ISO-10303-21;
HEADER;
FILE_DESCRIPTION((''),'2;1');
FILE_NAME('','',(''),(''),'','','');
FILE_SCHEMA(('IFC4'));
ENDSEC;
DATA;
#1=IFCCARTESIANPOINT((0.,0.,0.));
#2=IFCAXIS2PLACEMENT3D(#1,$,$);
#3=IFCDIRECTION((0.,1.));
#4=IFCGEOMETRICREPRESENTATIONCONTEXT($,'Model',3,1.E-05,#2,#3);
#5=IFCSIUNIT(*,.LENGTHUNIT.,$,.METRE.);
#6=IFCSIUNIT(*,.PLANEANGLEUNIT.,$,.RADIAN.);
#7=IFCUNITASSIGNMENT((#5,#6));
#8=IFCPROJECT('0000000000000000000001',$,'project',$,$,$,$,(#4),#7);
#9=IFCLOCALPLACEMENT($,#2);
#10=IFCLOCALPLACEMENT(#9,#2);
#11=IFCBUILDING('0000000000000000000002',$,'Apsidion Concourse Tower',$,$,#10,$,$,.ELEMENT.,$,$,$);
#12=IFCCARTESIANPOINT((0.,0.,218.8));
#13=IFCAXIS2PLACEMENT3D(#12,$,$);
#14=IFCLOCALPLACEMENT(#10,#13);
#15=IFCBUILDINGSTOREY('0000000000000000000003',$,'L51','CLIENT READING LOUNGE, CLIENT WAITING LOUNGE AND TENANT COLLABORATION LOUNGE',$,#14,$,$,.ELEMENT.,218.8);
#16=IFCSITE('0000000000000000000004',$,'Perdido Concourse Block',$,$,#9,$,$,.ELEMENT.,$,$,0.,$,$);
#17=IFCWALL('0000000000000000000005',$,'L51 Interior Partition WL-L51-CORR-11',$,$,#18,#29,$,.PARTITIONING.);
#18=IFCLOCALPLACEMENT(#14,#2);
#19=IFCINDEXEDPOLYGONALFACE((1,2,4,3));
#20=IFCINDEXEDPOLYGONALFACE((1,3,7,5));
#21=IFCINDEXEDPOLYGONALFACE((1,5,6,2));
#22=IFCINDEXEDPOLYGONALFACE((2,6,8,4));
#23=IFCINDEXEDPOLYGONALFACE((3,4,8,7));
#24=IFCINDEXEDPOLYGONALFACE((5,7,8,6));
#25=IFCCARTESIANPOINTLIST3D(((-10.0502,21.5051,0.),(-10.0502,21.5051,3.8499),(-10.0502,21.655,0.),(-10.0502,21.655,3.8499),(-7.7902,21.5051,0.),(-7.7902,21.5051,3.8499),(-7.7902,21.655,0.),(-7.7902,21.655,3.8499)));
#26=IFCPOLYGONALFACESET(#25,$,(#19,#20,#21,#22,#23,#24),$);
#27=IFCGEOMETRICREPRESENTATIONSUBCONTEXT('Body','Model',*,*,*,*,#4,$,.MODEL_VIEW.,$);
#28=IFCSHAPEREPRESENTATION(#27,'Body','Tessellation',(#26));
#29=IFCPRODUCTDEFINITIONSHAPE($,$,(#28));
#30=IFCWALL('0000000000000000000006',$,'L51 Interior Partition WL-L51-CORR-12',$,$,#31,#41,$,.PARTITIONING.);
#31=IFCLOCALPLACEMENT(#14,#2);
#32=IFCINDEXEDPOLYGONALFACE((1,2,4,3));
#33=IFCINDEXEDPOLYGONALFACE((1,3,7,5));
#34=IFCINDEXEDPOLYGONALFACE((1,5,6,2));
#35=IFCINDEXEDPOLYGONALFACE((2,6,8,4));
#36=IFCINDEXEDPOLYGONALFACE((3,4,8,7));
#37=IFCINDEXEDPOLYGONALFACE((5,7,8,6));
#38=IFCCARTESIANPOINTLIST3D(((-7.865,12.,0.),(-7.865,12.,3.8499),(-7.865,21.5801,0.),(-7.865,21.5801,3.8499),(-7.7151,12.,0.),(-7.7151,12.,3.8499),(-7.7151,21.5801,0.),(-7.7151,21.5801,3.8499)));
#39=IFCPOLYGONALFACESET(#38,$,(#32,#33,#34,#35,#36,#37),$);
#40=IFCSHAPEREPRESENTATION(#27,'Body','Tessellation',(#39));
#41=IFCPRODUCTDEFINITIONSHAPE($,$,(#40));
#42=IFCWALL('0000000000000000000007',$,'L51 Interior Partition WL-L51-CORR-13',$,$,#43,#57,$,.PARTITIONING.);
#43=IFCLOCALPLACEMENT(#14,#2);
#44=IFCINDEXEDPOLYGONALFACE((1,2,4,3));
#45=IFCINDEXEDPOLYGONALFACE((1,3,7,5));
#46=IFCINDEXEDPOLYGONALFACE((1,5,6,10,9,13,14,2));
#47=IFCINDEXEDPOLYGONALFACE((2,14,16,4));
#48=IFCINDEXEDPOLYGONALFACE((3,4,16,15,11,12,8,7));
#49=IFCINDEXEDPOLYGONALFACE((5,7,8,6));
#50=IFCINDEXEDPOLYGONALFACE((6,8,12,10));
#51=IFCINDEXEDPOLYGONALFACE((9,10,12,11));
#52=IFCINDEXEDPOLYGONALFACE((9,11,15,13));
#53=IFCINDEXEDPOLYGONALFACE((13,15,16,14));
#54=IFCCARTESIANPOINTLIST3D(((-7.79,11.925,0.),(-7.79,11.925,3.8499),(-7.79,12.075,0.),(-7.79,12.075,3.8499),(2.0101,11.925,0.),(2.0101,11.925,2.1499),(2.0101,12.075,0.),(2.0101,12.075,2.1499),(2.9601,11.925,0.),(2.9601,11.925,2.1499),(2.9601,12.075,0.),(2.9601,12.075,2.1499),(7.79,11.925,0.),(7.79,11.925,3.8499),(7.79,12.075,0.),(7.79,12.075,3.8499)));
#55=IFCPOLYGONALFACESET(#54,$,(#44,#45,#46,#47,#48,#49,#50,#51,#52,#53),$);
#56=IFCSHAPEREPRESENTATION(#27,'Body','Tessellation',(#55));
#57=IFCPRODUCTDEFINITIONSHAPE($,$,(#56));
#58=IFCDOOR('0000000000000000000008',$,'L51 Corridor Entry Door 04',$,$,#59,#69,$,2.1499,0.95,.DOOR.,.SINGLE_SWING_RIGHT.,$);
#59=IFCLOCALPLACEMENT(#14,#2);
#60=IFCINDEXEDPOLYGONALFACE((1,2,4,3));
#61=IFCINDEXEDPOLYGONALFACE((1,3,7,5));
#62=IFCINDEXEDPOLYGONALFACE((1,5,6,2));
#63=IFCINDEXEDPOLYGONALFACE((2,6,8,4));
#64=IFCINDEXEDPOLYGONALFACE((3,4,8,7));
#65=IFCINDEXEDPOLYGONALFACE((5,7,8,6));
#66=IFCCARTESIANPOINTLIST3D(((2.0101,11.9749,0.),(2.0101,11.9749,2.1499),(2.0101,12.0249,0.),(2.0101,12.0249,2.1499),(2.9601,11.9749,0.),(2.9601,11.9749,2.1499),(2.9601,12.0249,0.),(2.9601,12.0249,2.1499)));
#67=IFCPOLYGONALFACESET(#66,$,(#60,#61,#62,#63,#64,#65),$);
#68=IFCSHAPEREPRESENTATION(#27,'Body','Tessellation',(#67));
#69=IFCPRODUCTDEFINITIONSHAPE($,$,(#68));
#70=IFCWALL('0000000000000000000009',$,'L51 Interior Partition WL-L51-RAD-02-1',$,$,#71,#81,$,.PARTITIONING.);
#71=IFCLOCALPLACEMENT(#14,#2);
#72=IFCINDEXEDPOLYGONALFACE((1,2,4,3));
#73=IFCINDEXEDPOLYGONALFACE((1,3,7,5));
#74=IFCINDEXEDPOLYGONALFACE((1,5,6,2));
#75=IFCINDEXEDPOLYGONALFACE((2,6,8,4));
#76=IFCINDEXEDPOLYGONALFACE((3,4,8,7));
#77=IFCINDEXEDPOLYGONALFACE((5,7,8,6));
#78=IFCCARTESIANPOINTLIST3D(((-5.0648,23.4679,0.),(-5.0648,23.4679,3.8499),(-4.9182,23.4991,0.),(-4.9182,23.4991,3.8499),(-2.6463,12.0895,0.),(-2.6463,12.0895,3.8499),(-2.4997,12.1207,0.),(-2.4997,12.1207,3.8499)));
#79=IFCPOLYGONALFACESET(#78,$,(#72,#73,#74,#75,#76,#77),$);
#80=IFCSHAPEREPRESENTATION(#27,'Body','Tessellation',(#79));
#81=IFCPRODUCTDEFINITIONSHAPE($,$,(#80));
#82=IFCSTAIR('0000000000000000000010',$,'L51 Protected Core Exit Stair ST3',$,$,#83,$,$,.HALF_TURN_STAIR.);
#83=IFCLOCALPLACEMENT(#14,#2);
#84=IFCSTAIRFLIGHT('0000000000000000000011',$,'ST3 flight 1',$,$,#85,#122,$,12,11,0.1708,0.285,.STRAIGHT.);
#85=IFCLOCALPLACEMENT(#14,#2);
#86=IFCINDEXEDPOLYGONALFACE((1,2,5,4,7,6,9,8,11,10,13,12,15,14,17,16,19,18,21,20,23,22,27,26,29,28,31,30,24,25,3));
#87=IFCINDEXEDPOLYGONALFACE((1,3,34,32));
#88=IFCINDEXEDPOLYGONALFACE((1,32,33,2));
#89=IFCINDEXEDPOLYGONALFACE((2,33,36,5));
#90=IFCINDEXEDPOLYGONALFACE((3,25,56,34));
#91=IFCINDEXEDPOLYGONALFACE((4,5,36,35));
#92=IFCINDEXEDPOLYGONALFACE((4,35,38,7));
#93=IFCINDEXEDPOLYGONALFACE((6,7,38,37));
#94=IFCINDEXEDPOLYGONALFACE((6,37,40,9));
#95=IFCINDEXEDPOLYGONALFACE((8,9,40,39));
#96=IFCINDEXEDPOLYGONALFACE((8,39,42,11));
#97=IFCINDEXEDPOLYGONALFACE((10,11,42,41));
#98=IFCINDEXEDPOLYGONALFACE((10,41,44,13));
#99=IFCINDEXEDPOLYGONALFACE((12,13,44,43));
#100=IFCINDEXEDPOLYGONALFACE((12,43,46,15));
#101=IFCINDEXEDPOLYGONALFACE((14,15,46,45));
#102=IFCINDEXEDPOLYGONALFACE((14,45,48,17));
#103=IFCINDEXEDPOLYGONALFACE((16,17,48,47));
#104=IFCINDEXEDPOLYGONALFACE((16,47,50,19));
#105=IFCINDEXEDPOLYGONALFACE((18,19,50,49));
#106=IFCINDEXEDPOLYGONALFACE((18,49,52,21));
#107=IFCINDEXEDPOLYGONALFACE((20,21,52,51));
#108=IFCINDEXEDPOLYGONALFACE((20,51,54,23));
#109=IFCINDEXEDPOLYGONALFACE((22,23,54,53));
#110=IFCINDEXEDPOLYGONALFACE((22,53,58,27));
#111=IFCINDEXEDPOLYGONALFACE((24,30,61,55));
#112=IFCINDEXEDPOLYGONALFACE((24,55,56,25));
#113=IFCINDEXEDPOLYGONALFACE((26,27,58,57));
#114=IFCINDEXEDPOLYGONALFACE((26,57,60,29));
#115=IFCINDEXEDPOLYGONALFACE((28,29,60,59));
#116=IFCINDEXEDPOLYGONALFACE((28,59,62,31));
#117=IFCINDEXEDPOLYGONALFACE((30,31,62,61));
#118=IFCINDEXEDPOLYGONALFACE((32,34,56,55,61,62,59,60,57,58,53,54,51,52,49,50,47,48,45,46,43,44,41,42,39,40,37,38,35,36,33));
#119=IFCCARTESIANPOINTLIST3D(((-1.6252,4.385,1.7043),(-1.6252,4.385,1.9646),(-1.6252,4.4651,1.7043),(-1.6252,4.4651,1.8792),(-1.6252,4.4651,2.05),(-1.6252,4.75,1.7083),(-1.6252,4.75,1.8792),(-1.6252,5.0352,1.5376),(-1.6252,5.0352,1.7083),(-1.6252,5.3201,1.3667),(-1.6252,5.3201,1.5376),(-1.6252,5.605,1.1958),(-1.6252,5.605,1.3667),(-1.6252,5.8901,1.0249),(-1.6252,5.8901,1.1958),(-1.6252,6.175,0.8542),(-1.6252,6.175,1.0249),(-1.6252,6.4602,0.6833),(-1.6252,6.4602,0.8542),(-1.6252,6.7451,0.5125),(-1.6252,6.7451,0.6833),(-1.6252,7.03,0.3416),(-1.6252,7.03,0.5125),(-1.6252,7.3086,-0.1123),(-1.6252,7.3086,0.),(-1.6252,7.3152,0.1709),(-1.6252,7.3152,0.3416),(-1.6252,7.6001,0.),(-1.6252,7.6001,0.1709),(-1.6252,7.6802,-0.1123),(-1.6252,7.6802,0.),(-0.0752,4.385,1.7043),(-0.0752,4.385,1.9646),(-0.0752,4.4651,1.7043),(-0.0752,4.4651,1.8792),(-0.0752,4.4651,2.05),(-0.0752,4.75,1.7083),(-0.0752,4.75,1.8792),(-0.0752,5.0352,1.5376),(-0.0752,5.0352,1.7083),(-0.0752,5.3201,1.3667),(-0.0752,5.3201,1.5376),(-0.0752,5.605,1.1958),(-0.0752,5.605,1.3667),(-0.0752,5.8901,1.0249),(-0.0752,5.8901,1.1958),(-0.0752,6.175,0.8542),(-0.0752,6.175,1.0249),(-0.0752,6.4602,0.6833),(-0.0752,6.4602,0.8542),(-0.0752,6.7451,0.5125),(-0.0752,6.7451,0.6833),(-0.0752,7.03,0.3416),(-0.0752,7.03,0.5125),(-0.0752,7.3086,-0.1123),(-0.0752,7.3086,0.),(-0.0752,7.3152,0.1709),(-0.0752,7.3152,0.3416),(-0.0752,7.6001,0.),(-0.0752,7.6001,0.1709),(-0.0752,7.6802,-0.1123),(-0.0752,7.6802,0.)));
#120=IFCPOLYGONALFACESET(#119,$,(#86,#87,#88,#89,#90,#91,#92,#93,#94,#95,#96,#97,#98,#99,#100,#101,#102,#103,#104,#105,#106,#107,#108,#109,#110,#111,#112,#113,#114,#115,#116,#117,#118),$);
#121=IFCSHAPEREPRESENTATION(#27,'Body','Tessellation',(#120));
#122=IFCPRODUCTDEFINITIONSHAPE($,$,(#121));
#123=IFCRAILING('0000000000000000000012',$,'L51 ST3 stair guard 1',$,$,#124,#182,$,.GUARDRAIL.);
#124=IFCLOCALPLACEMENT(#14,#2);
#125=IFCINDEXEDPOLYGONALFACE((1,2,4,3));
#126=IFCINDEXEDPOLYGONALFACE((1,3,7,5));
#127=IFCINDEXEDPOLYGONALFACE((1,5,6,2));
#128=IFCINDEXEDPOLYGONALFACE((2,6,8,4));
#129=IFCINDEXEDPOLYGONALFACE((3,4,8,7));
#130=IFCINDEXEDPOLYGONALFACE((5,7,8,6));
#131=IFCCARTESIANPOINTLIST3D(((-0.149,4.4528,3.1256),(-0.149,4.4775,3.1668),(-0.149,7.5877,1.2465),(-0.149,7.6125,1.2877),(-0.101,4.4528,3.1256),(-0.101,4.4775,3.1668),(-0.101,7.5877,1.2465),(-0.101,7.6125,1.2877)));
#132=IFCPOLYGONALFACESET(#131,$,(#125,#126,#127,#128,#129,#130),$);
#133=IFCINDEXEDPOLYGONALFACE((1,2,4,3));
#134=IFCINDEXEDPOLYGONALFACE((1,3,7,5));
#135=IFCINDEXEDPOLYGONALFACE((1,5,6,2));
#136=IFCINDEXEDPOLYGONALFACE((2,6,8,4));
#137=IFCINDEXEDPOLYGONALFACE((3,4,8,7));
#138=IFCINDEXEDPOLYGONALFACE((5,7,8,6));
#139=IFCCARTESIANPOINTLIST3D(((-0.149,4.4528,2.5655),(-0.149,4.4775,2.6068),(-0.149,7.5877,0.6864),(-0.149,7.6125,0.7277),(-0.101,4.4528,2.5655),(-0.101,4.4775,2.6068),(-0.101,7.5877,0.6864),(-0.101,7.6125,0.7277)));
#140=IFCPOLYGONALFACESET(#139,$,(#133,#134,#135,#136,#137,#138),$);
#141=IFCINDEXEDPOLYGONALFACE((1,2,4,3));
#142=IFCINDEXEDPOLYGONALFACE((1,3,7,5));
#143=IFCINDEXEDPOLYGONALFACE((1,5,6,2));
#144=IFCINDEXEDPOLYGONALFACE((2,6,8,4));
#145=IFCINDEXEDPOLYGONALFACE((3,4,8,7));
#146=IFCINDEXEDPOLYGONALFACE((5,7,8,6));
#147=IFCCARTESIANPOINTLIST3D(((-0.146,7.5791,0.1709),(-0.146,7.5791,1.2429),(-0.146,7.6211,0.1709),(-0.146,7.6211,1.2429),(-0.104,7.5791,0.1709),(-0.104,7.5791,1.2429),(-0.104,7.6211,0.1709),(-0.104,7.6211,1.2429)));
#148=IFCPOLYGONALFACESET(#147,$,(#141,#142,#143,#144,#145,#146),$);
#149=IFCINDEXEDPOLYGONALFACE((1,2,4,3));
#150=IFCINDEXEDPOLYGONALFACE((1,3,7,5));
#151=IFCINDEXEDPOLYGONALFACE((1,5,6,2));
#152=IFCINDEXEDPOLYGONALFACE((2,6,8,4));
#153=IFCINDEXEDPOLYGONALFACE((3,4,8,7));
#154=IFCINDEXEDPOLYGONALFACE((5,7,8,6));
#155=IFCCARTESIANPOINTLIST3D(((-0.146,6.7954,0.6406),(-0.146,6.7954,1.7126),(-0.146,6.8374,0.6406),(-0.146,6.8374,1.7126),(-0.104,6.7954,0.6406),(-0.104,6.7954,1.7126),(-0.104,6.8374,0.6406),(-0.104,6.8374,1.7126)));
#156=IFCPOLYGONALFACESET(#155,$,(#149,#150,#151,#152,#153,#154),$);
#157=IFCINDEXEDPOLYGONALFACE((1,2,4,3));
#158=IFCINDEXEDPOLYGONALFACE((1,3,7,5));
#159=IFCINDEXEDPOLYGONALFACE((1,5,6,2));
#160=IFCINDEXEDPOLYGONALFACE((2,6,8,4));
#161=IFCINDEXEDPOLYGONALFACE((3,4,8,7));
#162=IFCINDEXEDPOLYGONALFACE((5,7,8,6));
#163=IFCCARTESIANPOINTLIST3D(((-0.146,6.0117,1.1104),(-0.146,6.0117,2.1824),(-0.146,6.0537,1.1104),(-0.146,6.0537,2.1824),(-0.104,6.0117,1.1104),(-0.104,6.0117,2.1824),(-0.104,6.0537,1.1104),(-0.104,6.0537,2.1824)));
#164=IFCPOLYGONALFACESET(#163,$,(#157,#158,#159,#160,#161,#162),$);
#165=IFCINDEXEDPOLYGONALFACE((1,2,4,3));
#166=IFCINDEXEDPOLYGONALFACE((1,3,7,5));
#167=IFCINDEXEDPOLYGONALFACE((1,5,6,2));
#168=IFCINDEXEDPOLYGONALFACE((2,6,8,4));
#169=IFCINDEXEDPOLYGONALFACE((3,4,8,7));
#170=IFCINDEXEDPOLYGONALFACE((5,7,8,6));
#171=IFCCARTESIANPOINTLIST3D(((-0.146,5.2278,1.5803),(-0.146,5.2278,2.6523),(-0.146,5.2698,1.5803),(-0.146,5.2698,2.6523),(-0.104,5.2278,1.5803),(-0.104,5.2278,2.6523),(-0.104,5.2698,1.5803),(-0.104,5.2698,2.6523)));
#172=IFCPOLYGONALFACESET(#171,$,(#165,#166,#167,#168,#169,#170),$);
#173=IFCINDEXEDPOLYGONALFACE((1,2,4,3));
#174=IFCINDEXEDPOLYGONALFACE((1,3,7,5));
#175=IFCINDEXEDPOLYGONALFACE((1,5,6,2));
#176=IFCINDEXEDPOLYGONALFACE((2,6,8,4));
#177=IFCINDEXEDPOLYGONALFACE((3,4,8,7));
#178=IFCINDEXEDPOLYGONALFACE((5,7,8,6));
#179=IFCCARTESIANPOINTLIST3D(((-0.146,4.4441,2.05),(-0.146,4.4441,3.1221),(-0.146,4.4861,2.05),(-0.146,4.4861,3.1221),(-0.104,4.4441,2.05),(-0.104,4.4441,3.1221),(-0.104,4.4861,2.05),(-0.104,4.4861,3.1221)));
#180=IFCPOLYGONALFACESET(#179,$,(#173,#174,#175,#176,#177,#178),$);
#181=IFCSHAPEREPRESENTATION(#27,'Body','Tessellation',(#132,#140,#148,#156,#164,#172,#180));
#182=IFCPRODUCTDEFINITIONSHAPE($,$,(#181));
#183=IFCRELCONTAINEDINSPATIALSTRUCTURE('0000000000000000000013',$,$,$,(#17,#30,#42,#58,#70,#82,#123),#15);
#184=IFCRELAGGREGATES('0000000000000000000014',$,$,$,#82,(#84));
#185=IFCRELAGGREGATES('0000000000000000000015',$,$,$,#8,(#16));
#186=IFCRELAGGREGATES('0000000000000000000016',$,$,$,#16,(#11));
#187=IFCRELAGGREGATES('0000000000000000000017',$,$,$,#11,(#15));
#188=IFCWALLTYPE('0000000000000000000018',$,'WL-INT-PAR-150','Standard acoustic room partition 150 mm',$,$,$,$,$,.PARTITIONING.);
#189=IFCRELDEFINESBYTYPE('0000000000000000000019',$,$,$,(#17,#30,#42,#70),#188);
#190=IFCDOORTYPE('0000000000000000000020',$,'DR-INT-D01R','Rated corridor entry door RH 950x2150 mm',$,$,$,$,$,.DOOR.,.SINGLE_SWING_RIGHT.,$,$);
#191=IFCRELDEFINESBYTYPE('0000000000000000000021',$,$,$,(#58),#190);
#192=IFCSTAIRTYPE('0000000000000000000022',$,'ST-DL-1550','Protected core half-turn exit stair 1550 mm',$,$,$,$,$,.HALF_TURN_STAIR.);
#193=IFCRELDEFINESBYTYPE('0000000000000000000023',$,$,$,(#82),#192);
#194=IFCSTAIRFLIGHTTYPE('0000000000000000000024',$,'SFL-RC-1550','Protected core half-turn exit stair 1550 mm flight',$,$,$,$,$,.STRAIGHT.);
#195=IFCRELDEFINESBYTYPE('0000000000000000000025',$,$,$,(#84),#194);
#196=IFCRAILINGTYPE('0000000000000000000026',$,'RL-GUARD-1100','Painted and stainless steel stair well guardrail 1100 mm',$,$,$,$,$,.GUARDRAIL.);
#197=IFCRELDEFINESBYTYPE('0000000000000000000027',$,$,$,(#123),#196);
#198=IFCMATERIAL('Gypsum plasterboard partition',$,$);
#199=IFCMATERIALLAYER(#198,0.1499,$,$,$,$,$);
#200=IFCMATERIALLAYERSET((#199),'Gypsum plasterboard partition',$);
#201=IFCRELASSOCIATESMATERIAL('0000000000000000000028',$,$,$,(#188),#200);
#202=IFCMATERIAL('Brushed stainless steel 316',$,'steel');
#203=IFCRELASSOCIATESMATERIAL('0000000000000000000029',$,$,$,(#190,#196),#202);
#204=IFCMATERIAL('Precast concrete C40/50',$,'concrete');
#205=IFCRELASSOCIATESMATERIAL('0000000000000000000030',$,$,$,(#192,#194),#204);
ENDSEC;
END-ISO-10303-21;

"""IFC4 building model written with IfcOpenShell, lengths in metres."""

from ifc_helpers import new_model, si_unit, direction, frame, frame_2d, origin, origin_2d, place, context, subcontext, project, spatial, polyline, rectangle, outline, extrude, material, layer, layer_set, type_object, element, fill, aggregate, save


model = new_model("IFC4")

# Units and contexts
model_context = context("Model", 3, precision=1e-05, world=origin(), true_north=direction((0.0, 1.0)))
body_context = subcontext(model_context, "Body", "Model", "MODEL_VIEW")
ifc_project = project(units=[si_unit("LENGTHUNIT", "METRE"), si_unit("PLANEANGLEUNIT", "RADIAN")], contexts=[model_context])

# Site, building, storey
site_placement = place(None, origin())
site = spatial("IfcSite", under=ifc_project, at=site_placement, Name="Perdido Concourse Block", CompositionType="ELEMENT", RefElevation=0.0)
building_placement = place(site_placement, origin())
building = spatial("IfcBuilding", under=site, at=building_placement, Name="Apsidion Concourse Tower", CompositionType="ELEMENT")
storey_placement = place(building_placement, frame((0.0, 0.0, 218.8)))
storey = spatial("IfcBuildingStorey", under=building, at=storey_placement, Name="L51", Description="CLIENT READING LOUNGE, CLIENT WAITING LOUNGE AND TENANT COLLABORATION LOUNGE", CompositionType="ELEMENT", Elevation=218.8)

# Shared definitions
ifc_material_1 = material(Name="Precast concrete C40/50", Category="concrete")

# Walls
ifc_material_2 = material(Name="Gypsum plasterboard partition")
ifc_layer_1 = layer(ifc_material_2, 0.1499)
ifc_layer_set_1 = layer_set([ifc_layer_1], Name="Gypsum plasterboard partition")
wall_type_1 = type_object("IfcWallType", Name="WL-INT-PAR-150", Description="Standard acoustic room partition 150 mm", PredefinedType="PARTITIONING", material=ifc_layer_set_1)
wall_1_placement = place(storey_placement, frame((-10.05, 21.5801, 0.0), z_axis=(0.0, 0.0, 1.0), x_axis=(1.0, 0.0, 0.0)))
element("IfcWall", 1, at=wall_1_placement, inside=storey, type_object=wall_type_1, Name="L51 Interior Partition WL-L51-CORR-11", PredefinedType="PARTITIONING", context=body_context, shape_type="SweptSolid", body=[
    extrude(rectangle(XDim=2.26, YDim=0.1499, at=frame_2d((1.1299, 0.0))), origin(), (0.0, 0.0, 1.0), 3.8499),
])
wall_2_placement = place(storey_placement, frame((-7.79, 21.5801, 0.0), z_axis=(0.0, 0.0, 1.0), x_axis=(0.0, -1.0, 0.0)))
element("IfcWall", 2, at=wall_2_placement, inside=storey, type_object=wall_type_1, Name="L51 Interior Partition WL-L51-CORR-12", PredefinedType="PARTITIONING", context=body_context, shape_type="SweptSolid", body=[
    extrude(rectangle(XDim=9.5801, YDim=0.1499, at=frame_2d((4.79, 0.0))), origin(), (0.0, 0.0, 1.0), 3.8499),
])

# Wall, opening, door
wall_3_placement = place(storey_placement, frame((-7.79, 12.0, 0.0), z_axis=(0.0, 0.0, 1.0), x_axis=(1.0, 0.0, 0.0)))
wall_3 = element("IfcWall", 3, at=wall_3_placement, inside=storey, type_object=wall_type_1, Name="L51 Interior Partition WL-L51-CORR-13", PredefinedType="PARTITIONING", context=body_context, shape_type="SweptSolid", body=[
    extrude(rectangle(XDim=15.5801, YDim=0.1499, at=frame_2d((7.79, 0.0))), origin(), (0.0, 0.0, 1.0), 3.8499),
])
opening_1_placement = place(wall_3_placement, frame((9.8, 0.0, 0.0)))
opening_1 = element("IfcOpeningElement", 4, at=opening_1_placement, cuts=wall_3, PredefinedType="OPENING", context=body_context, shape_type="SweptSolid", body=[
    extrude(rectangle(XDim=0.95, YDim=2.1499, at=frame_2d((0.4751, 1.075))), frame((0.0, 0.085, 0.0), z_axis=(0.0, -1.0, 0.0), x_axis=(1.0, 0.0, 0.0)), (0.0, 0.0, 1.0), 0.1699),
])
ifc_material_3 = material(Name="Brushed stainless steel 316", Category="steel")
door_type_1 = type_object("IfcDoorType", Name="DR-INT-D01R", Description="Rated corridor entry door RH 950x2150 mm", OperationType="SINGLE_SWING_RIGHT", PredefinedType="DOOR", material=ifc_material_3)
door_1_placement = place(opening_1_placement, origin())
door_1 = element("IfcDoor", 5, at=door_1_placement, inside=storey, type_object=door_type_1, Name="L51 Corridor Entry Door 04", OperationType="SINGLE_SWING_RIGHT", OverallHeight=2.1499, OverallWidth=0.95, PredefinedType="DOOR", context=body_context, shape_type="SweptSolid", body=[
    extrude(rectangle(XDim=0.95, YDim=2.1499, at=frame_2d((0.4751, 1.075))), frame((0.0, 0.0249, 0.0), z_axis=(0.0, -1.0, 0.0), x_axis=(1.0, 0.0, 0.0)), (0.0, 0.0, 1.0), 0.05),
])
fill(opening_1, door_1)

# Wall
wall_4_placement = place(storey_placement, frame((-2.573, 12.105, 0.0), z_axis=(0.0, 0.0, 1.0), x_axis=(-0.207903, 0.978149, 0.0)))
element("IfcWall", 6, at=wall_4_placement, inside=storey, type_object=wall_type_1, Name="L51 Interior Partition WL-L51-RAD-02-1", PredefinedType="PARTITIONING", context=body_context, shape_type="SweptSolid", body=[
    extrude(rectangle(XDim=11.6326, YDim=0.1499, at=frame_2d((5.8164, 0.0))), origin(), (0.0, 0.0, 1.0), 3.8499),
])

# Stair, stair flight
stair_type = type_object("IfcStairType", Name="ST-DL-1550", Description="Protected core half-turn exit stair 1550 mm", PredefinedType="HALF_TURN_STAIR", material=ifc_material_1)
stair_placement = place(storey_placement, origin())
stair = element("IfcStair", 7, at=stair_placement, inside=storey, type_object=stair_type, Name="L51 Protected Core Exit Stair ST3", PredefinedType="HALF_TURN_STAIR")
stair_flight_type = type_object("IfcStairFlightType", Name="SFL-RC-1550", Description="Protected core half-turn exit stair 1550 mm flight", PredefinedType="STRAIGHT", material=ifc_material_1)
stair_flight_placement = place(storey_placement, frame((-0.8501, 7.6001, 0.0), z_axis=(0.0, 0.0, 1.0), x_axis=(0.0, -1.0, 0.0)))
stair_flight = element("IfcStairFlight", 8, at=stair_flight_placement, type_object=stair_flight_type, Name="ST3 flight 1", NumberOfRisers=12, NumberOfTreads=11, PredefinedType="STRAIGHT", RiserHeight=0.1708, TreadLength=0.285, context=body_context, shape_type="SweptSolid", body=[
    extrude(outline(polyline([(-0.0801, -0.1123), (-0.0801, 0.0), (0.0, 0.0), (0.0, 0.1709), (0.2849, 0.1709), (0.2849, 0.3416), (0.5701, 0.3416), (0.5701, 0.5125), (0.855, 0.5125), (0.855, 0.6833), (1.1399, 0.6833), (1.1399, 0.8542), (1.425, 0.8542), (1.425, 1.0249), (1.71, 1.0249), (1.71, 1.1958), (1.9951, 1.1958), (1.9951, 1.3667), (2.28, 1.3667), (2.28, 1.5376), (2.5649, 1.5376), (2.5649, 1.7083), (2.8501, 1.7083), (2.8501, 1.8792), (3.135, 1.8792), (3.135, 2.05), (3.2151, 1.9646), (3.2151, 1.7043), (3.135, 1.7043), (0.2915, 0.0), (0.2915, -0.1123), (-0.0801, -0.1123)])), frame((0.0, 0.7749, 0.0), z_axis=(0.0, -1.0, 0.0), x_axis=(1.0, 0.0, 0.0)), (0.0, 0.0, 1.0), 1.55),
])
aggregate(stair, [stair_flight])

# Railing
railing_type_1 = type_object("IfcRailingType", Name="RL-GUARD-1100", Description="Painted and stainless steel stair well guardrail 1100 mm", PredefinedType="GUARDRAIL", material=ifc_material_3)
railing_1_placement = place(storey_placement, frame((-0.125, 7.6001, 0.1709)))
element("IfcRailing", 9, at=railing_1_placement, inside=storey, type_object=railing_type_1, Name="L51 ST3 stair guard 1", PredefinedType="GUARDRAIL", context=body_context, shape_type="SweptSolid", body=[
    extrude(rectangle(XDim=0.0481, YDim=0.0481, at=origin_2d()), frame((0.0, 0.0, 1.0962), z_axis=(0.0, -0.857717, 0.514122), x_axis=(1.0, 0.0, 0.0)), (0.0, 0.0, 1.0), 3.655),
    extrude(rectangle(XDim=0.0481, YDim=0.0481, at=origin_2d()), frame((0.0, 0.0, 0.5361), z_axis=(0.0, -0.857717, 0.514122), x_axis=(1.0, 0.0, 0.0)), (0.0, 0.0, 1.0), 3.655),
    extrude(rectangle(XDim=0.042, YDim=0.042, at=origin_2d()), origin(), (0.0, 0.0, 1.0), 1.072),
    extrude(rectangle(XDim=0.042, YDim=0.042, at=origin_2d()), frame((0.0, -0.7837, 0.4697)), (0.0, 0.0, 1.0), 1.072),
    extrude(rectangle(XDim=0.042, YDim=0.042, at=origin_2d()), frame((0.0, -1.5674, 0.9395)), (0.0, 0.0, 1.0), 1.072),
    extrude(rectangle(XDim=0.042, YDim=0.042, at=origin_2d()), frame((0.0, -2.3513, 1.4094)), (0.0, 0.0, 1.0), 1.072),
    extrude(rectangle(XDim=0.042, YDim=0.042, at=origin_2d()), frame((0.0, -3.135, 1.8792)), (0.0, 0.0, 1.0), 1.072),
])

save(model, "model.ifc")
